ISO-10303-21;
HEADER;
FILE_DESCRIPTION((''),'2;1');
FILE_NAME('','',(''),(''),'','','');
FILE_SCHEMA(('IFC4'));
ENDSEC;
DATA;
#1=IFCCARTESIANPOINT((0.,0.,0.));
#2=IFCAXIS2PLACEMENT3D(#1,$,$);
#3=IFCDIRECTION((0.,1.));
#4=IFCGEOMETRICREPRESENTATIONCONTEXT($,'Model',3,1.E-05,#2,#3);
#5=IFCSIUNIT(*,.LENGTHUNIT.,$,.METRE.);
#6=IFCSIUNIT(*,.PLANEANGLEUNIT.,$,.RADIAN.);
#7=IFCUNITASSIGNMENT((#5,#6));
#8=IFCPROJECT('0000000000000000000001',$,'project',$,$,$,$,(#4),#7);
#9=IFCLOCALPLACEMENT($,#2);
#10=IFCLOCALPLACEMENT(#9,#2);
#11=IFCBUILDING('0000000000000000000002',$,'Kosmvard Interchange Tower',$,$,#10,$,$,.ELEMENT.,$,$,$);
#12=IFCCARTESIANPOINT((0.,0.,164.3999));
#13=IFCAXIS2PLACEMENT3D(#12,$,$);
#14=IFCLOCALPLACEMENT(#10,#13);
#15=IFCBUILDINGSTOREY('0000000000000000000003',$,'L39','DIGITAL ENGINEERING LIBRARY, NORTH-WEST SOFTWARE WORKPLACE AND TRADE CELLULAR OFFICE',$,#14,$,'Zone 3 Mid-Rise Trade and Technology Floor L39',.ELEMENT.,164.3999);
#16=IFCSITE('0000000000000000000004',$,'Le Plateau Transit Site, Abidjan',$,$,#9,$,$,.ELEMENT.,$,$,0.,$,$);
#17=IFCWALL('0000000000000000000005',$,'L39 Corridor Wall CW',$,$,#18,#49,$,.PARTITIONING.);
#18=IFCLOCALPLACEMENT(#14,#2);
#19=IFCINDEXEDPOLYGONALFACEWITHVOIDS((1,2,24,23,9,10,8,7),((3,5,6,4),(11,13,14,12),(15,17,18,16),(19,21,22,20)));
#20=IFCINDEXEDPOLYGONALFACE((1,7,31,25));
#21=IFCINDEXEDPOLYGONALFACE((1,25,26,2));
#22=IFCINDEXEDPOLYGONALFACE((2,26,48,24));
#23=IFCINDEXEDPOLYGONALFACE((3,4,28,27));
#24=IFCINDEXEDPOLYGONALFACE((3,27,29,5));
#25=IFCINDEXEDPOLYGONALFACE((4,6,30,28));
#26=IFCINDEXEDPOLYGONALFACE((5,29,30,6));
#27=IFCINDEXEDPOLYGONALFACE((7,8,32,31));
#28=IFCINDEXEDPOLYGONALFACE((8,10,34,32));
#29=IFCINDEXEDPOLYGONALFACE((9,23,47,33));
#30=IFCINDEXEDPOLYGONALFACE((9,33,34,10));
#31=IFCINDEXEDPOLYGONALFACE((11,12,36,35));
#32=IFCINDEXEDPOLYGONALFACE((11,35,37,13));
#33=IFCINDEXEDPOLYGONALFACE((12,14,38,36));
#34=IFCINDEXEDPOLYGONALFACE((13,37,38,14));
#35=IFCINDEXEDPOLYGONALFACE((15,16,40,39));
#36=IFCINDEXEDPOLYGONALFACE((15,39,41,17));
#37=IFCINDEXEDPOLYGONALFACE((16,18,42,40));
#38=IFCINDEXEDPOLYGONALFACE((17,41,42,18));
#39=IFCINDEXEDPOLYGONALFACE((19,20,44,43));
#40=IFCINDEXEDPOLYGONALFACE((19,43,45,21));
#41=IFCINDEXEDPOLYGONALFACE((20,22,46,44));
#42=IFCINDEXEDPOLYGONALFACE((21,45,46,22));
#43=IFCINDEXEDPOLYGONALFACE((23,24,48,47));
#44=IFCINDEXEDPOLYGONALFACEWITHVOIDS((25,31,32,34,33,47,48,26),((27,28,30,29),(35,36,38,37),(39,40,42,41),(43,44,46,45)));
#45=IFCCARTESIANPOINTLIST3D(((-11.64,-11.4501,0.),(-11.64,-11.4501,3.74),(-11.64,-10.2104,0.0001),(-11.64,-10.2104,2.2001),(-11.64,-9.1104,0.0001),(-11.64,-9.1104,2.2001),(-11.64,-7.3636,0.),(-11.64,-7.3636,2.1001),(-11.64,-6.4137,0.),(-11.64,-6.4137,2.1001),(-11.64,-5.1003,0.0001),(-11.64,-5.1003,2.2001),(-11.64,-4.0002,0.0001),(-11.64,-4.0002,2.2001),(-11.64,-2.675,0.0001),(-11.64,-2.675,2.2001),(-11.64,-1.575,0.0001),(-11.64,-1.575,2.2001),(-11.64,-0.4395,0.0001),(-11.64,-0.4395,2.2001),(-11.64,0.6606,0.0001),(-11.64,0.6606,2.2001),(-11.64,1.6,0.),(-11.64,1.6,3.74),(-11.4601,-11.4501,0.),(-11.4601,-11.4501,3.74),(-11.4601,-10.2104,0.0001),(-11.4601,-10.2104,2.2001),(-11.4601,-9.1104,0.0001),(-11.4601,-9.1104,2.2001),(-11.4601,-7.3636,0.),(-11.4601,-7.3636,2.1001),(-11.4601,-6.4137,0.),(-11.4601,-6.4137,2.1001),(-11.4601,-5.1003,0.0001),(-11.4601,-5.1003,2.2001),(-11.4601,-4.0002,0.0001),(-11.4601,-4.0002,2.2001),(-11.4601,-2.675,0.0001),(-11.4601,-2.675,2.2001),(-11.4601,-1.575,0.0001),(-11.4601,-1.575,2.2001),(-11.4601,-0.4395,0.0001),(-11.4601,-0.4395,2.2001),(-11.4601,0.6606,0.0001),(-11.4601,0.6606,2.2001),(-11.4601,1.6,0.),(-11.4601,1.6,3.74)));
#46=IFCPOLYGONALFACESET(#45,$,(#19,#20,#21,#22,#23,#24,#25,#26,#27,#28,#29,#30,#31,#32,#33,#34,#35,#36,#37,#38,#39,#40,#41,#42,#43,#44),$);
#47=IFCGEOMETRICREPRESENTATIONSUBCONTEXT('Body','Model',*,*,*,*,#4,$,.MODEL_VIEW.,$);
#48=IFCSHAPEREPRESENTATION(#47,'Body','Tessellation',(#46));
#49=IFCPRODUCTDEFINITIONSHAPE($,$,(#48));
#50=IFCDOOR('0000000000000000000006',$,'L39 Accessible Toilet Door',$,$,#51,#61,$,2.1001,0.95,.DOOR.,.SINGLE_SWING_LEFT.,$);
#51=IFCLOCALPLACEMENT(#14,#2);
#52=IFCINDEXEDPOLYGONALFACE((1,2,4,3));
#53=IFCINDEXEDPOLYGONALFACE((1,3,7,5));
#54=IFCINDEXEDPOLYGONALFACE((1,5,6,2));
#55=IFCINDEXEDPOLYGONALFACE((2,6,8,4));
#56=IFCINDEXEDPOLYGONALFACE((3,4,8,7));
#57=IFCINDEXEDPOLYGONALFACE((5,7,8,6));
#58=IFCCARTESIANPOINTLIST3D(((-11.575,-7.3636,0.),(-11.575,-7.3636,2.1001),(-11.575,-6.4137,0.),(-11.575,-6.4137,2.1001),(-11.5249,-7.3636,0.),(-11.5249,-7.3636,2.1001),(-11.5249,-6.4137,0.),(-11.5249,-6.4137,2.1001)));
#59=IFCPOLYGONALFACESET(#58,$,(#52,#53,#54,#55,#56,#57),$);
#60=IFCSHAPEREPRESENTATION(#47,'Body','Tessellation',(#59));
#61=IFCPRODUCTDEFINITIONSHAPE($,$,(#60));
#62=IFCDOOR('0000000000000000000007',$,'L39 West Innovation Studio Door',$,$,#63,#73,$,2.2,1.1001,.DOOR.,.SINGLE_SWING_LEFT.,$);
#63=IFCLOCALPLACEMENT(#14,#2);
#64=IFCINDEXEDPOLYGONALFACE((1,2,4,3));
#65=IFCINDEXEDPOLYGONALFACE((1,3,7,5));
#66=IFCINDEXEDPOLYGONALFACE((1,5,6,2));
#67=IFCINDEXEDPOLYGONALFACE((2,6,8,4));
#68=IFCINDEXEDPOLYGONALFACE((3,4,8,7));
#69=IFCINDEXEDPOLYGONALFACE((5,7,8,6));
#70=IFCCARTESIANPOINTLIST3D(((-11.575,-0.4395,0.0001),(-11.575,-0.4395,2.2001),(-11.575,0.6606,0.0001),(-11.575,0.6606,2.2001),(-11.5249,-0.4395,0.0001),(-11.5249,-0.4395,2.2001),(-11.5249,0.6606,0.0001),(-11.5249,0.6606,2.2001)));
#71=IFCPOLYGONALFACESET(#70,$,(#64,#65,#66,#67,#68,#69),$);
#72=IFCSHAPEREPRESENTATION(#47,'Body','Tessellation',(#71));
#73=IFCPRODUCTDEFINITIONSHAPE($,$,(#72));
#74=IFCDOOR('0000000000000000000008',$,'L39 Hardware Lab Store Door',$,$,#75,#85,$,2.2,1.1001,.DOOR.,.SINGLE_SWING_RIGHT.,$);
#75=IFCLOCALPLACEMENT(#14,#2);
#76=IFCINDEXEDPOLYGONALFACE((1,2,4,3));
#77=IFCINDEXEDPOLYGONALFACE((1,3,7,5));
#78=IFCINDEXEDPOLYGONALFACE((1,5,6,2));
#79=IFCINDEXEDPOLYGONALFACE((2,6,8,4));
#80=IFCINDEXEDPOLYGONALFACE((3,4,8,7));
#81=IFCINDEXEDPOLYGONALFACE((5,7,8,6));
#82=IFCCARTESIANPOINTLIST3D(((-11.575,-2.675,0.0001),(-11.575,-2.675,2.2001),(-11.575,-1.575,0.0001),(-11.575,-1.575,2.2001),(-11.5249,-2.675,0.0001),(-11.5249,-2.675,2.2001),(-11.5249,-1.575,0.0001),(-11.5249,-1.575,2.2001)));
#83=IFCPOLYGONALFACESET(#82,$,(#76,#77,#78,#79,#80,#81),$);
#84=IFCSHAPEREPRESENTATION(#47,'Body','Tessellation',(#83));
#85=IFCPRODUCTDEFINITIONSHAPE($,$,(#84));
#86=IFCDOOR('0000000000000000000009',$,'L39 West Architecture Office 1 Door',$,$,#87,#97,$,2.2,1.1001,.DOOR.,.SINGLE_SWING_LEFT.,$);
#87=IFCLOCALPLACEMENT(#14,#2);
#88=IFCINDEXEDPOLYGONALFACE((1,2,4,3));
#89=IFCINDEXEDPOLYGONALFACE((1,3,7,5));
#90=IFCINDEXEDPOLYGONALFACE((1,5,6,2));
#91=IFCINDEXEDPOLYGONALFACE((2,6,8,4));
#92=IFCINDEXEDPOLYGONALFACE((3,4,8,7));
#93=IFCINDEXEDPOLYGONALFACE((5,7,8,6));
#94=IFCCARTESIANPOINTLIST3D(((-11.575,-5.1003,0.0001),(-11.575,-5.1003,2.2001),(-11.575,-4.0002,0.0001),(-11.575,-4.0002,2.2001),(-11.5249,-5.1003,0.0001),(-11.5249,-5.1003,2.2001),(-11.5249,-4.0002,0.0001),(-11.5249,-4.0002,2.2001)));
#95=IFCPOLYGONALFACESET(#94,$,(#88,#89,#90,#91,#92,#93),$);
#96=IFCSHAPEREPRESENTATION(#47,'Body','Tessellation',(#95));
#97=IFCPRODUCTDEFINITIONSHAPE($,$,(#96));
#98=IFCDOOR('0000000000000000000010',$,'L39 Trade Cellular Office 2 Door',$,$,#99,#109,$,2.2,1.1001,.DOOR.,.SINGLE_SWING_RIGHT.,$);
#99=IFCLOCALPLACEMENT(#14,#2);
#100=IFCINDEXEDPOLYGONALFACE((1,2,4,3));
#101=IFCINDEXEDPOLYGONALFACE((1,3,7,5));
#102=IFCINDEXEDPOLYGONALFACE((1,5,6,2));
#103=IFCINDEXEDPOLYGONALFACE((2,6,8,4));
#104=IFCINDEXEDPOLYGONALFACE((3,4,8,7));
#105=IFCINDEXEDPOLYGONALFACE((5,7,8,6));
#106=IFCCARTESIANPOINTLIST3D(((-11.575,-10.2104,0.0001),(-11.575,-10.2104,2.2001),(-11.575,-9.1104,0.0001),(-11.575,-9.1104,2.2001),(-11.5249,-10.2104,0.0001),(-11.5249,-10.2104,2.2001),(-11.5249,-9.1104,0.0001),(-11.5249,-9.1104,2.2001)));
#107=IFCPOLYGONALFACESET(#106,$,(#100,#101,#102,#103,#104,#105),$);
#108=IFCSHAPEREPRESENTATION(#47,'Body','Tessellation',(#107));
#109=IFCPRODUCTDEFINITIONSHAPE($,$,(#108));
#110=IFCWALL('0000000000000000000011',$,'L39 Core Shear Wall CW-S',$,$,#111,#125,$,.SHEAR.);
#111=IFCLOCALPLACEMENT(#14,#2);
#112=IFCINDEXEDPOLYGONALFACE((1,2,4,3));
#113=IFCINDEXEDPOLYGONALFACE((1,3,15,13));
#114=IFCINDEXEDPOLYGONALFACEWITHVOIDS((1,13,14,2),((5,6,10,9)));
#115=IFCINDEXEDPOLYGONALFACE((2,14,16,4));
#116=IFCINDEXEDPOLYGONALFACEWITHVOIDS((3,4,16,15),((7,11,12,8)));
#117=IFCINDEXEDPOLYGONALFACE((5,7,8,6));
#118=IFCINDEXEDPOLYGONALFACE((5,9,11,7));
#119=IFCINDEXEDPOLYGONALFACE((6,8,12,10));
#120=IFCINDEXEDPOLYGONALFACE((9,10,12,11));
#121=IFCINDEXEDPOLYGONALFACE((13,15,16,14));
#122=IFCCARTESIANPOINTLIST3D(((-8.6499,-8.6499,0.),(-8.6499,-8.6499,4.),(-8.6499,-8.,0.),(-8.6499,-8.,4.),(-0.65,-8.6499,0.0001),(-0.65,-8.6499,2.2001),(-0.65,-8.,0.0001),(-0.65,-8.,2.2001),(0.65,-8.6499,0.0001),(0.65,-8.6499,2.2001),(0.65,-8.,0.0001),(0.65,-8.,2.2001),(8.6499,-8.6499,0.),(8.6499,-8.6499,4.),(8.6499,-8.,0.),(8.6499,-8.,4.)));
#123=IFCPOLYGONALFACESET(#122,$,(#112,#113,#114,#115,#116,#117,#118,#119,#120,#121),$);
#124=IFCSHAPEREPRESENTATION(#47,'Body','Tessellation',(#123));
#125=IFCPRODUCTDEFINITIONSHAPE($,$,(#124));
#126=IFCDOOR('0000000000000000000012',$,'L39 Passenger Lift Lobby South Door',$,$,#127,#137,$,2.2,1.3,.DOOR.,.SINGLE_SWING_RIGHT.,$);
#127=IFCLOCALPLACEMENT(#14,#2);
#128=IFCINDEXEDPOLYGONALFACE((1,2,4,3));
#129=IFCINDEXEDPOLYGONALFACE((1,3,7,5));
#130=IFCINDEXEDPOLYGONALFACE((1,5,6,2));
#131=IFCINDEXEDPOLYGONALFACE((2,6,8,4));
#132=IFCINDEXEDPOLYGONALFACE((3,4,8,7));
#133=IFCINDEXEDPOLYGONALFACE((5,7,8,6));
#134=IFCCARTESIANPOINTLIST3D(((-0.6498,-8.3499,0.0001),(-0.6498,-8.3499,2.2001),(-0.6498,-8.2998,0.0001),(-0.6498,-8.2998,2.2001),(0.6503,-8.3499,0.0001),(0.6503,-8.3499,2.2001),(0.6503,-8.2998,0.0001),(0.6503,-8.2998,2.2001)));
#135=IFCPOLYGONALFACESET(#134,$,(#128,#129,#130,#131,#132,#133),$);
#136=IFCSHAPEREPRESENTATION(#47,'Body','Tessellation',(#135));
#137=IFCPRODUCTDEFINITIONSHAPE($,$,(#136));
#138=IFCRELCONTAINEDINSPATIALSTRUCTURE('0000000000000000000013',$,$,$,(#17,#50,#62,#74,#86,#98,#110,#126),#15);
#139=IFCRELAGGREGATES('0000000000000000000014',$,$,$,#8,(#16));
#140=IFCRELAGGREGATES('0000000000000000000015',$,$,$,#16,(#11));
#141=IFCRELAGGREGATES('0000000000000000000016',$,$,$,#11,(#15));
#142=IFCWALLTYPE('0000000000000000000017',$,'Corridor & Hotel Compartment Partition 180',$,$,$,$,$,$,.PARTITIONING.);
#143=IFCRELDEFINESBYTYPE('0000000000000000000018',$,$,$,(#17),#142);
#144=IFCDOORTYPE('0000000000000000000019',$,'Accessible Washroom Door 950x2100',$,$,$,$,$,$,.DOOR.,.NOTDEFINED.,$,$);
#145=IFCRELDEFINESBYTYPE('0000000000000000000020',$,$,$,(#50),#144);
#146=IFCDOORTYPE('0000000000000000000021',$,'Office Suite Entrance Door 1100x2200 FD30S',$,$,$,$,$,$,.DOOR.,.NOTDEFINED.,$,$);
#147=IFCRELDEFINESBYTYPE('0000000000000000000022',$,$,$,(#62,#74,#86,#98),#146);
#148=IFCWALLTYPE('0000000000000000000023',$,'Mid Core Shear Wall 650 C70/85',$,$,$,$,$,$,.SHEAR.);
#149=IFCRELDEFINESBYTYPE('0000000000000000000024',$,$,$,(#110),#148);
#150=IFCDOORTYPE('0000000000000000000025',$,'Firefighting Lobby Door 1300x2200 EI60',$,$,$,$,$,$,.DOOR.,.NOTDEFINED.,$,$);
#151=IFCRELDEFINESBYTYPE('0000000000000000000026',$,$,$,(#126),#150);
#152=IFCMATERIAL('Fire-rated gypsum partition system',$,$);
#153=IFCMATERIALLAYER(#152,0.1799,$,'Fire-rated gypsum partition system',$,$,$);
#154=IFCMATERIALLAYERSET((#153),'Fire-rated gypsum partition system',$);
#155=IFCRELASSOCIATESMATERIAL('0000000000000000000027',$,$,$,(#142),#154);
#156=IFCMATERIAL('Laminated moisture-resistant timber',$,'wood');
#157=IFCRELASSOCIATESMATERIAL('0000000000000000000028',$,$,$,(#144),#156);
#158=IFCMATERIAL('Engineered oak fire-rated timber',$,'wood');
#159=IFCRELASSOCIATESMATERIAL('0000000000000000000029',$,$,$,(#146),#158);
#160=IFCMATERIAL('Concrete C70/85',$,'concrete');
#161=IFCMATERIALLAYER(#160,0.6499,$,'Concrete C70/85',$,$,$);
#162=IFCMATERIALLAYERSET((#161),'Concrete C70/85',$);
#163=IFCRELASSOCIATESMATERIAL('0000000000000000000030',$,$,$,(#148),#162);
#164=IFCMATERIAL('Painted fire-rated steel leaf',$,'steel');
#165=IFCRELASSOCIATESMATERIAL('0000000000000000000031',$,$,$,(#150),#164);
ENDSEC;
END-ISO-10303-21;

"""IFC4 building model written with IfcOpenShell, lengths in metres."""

from ifc_helpers import new_model, si_unit, direction, frame, frame_2d, origin, place, context, subcontext, project, spatial, rectangle, extrude, source, transform, mapped, material, layer, layer_set, type_object, element, fill, save


model = new_model("IFC4")

# Units and contexts
model_context = context("Model", 3, precision=1e-05, world=origin(), true_north=direction((0.0, 1.0)))
body_context = subcontext(model_context, "Body", "Model", "MODEL_VIEW")
ifc_project = project(units=[si_unit("LENGTHUNIT", "METRE"), si_unit("PLANEANGLEUNIT", "RADIAN")], contexts=[model_context])

# Site, building, storey
site_placement = place(None, origin())
site = spatial("IfcSite", under=ifc_project, at=site_placement, Name="Le Plateau Transit Site, Abidjan", CompositionType="ELEMENT", RefElevation=0.0)
building_placement = place(site_placement, origin())
building = spatial("IfcBuilding", under=site, at=building_placement, Name="Kosmvard Interchange Tower", CompositionType="ELEMENT")
storey_placement = place(building_placement, frame((0.0, 0.0, 164.3999)))
storey = spatial("IfcBuildingStorey", under=building, at=storey_placement, Name="L39", Description="DIGITAL ENGINEERING LIBRARY, NORTH-WEST SOFTWARE WORKPLACE AND TRADE CELLULAR OFFICE", LongName="Zone 3 Mid-Rise Trade and Technology Floor L39", CompositionType="ELEMENT", Elevation=164.3999)

# Wall, openings, doors
ifc_material_1 = material(Name="Fire-rated gypsum partition system")
ifc_layer_1 = layer(ifc_material_1, 0.1799, Name="Fire-rated gypsum partition system")
ifc_layer_set_1 = layer_set([ifc_layer_1], Name="Fire-rated gypsum partition system")
wall_type_1 = type_object("IfcWallType", Name="Corridor & Hotel Compartment Partition 180", PredefinedType="PARTITIONING", material=ifc_layer_set_1)
wall_1_placement = place(storey_placement, frame((-11.55, -11.45, 0.0), z_axis=(0.0, 0.0, 1.0), x_axis=(0.0, 1.0, 0.0)))
wall_1 = element("IfcWall", 1, at=wall_1_placement, inside=storey, type_object=wall_type_1, Name="L39 Corridor Wall CW", PredefinedType="PARTITIONING", context=body_context, shape_type="SweptSolid", body=[
    extrude(rectangle(XDim=13.05, YDim=0.1799, at=frame_2d((6.5249, 0.0))), origin(), (0.0, 0.0, 1.0), 3.74),
])
opening_1_placement = place(wall_1_placement, frame((4.0862, 0.0, 0.0)))
opening_1 = element("IfcOpeningElement", 2, at=opening_1_placement, cuts=wall_1, PredefinedType="OPENING", context=body_context, shape_type="SweptSolid", body=[
    extrude(rectangle(XDim=0.95, YDim=2.1001, at=frame_2d((0.4751, 1.05))), frame((0.0, 0.1001, 0.0), z_axis=(0.0, -1.0, 0.0), x_axis=(1.0, 0.0, 0.0)), (0.0, 0.0, 1.0), 0.2),
])
opening_2_placement = place(wall_1_placement, frame((11.0105, 0.0, 0.0)))
opening_2 = element("IfcOpeningElement", 3, at=opening_2_placement, cuts=wall_1, PredefinedType="OPENING", context=body_context, shape_type="SweptSolid", body=[
    extrude(rectangle(XDim=1.1001, YDim=2.2, at=frame_2d((0.55, 1.1001))), frame((0.0, 0.1001, 0.0), z_axis=(0.0, -1.0, 0.0), x_axis=(1.0, 0.0, 0.0)), (0.0, 0.0, 1.0), 0.2),
])
opening_3_placement = place(wall_1_placement, frame((8.7749, 0.0, 0.0)))
opening_3 = element("IfcOpeningElement", 4, at=opening_3_placement, cuts=wall_1, PredefinedType="OPENING", context=body_context, shape_type="SweptSolid", body=[
    extrude(rectangle(XDim=1.1001, YDim=2.2, at=frame_2d((0.55, 1.1001))), frame((0.0, 0.1001, 0.0), z_axis=(0.0, -1.0, 0.0), x_axis=(1.0, 0.0, 0.0)), (0.0, 0.0, 1.0), 0.2),
])
opening_4_placement = place(wall_1_placement, frame((6.3496, 0.0, 0.0)))
opening_4 = element("IfcOpeningElement", 5, at=opening_4_placement, cuts=wall_1, PredefinedType="OPENING", context=body_context, shape_type="SweptSolid", body=[
    extrude(rectangle(XDim=1.1001, YDim=2.2, at=frame_2d((0.55, 1.1001))), frame((0.0, 0.1001, 0.0), z_axis=(0.0, -1.0, 0.0), x_axis=(1.0, 0.0, 0.0)), (0.0, 0.0, 1.0), 0.2),
])
opening_5_placement = place(wall_1_placement, frame((1.2395, 0.0, 0.0)))
opening_5 = element("IfcOpeningElement", 6, at=opening_5_placement, cuts=wall_1, PredefinedType="OPENING", context=body_context, shape_type="SweptSolid", body=[
    extrude(rectangle(XDim=1.1001, YDim=2.2, at=frame_2d((0.55, 1.1001))), frame((0.0, 0.1001, 0.0), z_axis=(0.0, -1.0, 0.0), x_axis=(1.0, 0.0, 0.0)), (0.0, 0.0, 1.0), 0.2),
])
ifc_material_2 = material(Name="Laminated moisture-resistant timber", Category="wood")
door_type_1 = type_object("IfcDoorType", Name="Accessible Washroom Door 950x2100", OperationType="NOTDEFINED", PredefinedType="DOOR", material=ifc_material_2)
shared_shape_1 = source(origin(), body_context, "Body", "SweptSolid", [
    extrude(rectangle(XDim=0.95, YDim=2.1001, at=frame_2d((0.4751, 1.05))), frame((0.0, 0.0249, 0.0), z_axis=(0.0, -1.0, 0.0), x_axis=(1.0, 0.0, 0.0)), (0.0, 0.0, 1.0), 0.05),
])
door_1_placement = place(opening_1_placement, origin())
door_1 = element("IfcDoor", 7, at=door_1_placement, inside=storey, type_object=door_type_1, Name="L39 Accessible Toilet Door", OperationType="SINGLE_SWING_LEFT", OverallHeight=2.1001, OverallWidth=0.95, PredefinedType="DOOR", context=body_context, shape_type="MappedRepresentation", body=[
    mapped(shared_shape_1, transform((0.0, 0.0, 0.0), scale=1.0)),
])
fill(opening_1, door_1)
ifc_material_3 = material(Name="Engineered oak fire-rated timber", Category="wood")
door_type_2 = type_object("IfcDoorType", Name="Office Suite Entrance Door 1100x2200 FD30S", OperationType="NOTDEFINED", PredefinedType="DOOR", material=ifc_material_3)
shared_shape_2 = source(origin(), body_context, "Body", "SweptSolid", [
    extrude(rectangle(XDim=1.1001, YDim=2.2, at=frame_2d((0.55, 1.1001))), frame((0.0, 0.0249, 0.0), z_axis=(0.0, -1.0, 0.0), x_axis=(1.0, 0.0, 0.0)), (0.0, 0.0, 1.0), 0.05),
])
door_2_placement = place(opening_2_placement, origin())
door_2 = element("IfcDoor", 8, at=door_2_placement, inside=storey, type_object=door_type_2, Name="L39 West Innovation Studio Door", OperationType="SINGLE_SWING_LEFT", OverallHeight=2.2, OverallWidth=1.1001, PredefinedType="DOOR", context=body_context, shape_type="MappedRepresentation", body=[
    mapped(shared_shape_2, transform((0.0, 0.0, 0.0), scale=1.0)),
])
fill(opening_2, door_2)
door_3_placement = place(opening_3_placement, origin())
door_3 = element("IfcDoor", 9, at=door_3_placement, inside=storey, type_object=door_type_2, Name="L39 Hardware Lab Store Door", OperationType="SINGLE_SWING_RIGHT", OverallHeight=2.2, OverallWidth=1.1001, PredefinedType="DOOR", context=body_context, shape_type="MappedRepresentation", body=[
    mapped(shared_shape_2, transform((0.0, 0.0, 0.0), scale=1.0)),
])
fill(opening_3, door_3)
door_4_placement = place(opening_4_placement, origin())
door_4 = element("IfcDoor", 10, at=door_4_placement, inside=storey, type_object=door_type_2, Name="L39 West Architecture Office 1 Door", OperationType="SINGLE_SWING_LEFT", OverallHeight=2.2, OverallWidth=1.1001, PredefinedType="DOOR", context=body_context, shape_type="MappedRepresentation", body=[
    mapped(shared_shape_2, transform((0.0, 0.0, 0.0), scale=1.0)),
])
fill(opening_4, door_4)
door_5_placement = place(opening_5_placement, origin())
door_5 = element("IfcDoor", 11, at=door_5_placement, inside=storey, type_object=door_type_2, Name="L39 Trade Cellular Office 2 Door", OperationType="SINGLE_SWING_RIGHT", OverallHeight=2.2, OverallWidth=1.1001, PredefinedType="DOOR", context=body_context, shape_type="MappedRepresentation", body=[
    mapped(shared_shape_2, transform((0.0, 0.0, 0.0), scale=1.0)),
])
fill(opening_5, door_5)

# Wall, opening, door
ifc_material_4 = material(Name="Concrete C70/85", Category="concrete")
ifc_layer_2 = layer(ifc_material_4, 0.6499, Name="Concrete C70/85")
ifc_layer_set_2 = layer_set([ifc_layer_2], Name="Concrete C70/85")
wall_type_2 = type_object("IfcWallType", Name="Mid Core Shear Wall 650 C70/85", PredefinedType="SHEAR", material=ifc_layer_set_2)
wall_2_placement = place(storey_placement, frame((-8.6499, -8.325, 0.0), z_axis=(0.0, 0.0, 1.0), x_axis=(1.0, 0.0, 0.0)))
wall_2 = element("IfcWall", 12, at=wall_2_placement, inside=storey, type_object=wall_type_2, Name="L39 Core Shear Wall CW-S", PredefinedType="SHEAR", context=body_context, shape_type="SweptSolid", body=[
    extrude(rectangle(XDim=17.2998, YDim=0.6499, at=frame_2d((8.6499, 0.0))), origin(), (0.0, 0.0, 1.0), 4.0),
])
opening_6_placement = place(wall_2_placement, frame((8.0, 0.0, 0.0)))
opening_6 = element("IfcOpeningElement", 13, at=opening_6_placement, cuts=wall_2, PredefinedType="OPENING", context=body_context, shape_type="SweptSolid", body=[
    extrude(rectangle(XDim=1.3, YDim=2.2, at=frame_2d((0.6499, 1.1001))), frame((0.0, 0.335, 0.0), z_axis=(0.0, -1.0, 0.0), x_axis=(1.0, 0.0, 0.0)), (0.0, 0.0, 1.0), 0.6699),
])
ifc_material_5 = material(Name="Painted fire-rated steel leaf", Category="steel")
door_type_3 = type_object("IfcDoorType", Name="Firefighting Lobby Door 1300x2200 EI60", OperationType="NOTDEFINED", PredefinedType="DOOR", material=ifc_material_5)
shared_shape_3 = source(origin(), body_context, "Body", "SweptSolid", [
    extrude(rectangle(XDim=1.3, YDim=2.2, at=frame_2d((0.6499, 1.1001))), frame((0.0, 0.0249, 0.0), z_axis=(0.0, -1.0, 0.0), x_axis=(1.0, 0.0, 0.0)), (0.0, 0.0, 1.0), 0.05),
])
door_6_placement = place(opening_6_placement, frame((1.3, 0.0, 0.0), z_axis=(0.0, 0.0, 1.0), x_axis=(-1.0, 0.0, 0.0)))
door_6 = element("IfcDoor", 14, at=door_6_placement, inside=storey, type_object=door_type_3, Name="L39 Passenger Lift Lobby South Door", OperationType="SINGLE_SWING_RIGHT", OverallHeight=2.2, OverallWidth=1.3, PredefinedType="DOOR", context=body_context, shape_type="MappedRepresentation", body=[
    mapped(shared_shape_3, transform((0.0, 0.0, 0.0), scale=1.0)),
])
fill(opening_6, door_6)

save(model, "model.ifc")
